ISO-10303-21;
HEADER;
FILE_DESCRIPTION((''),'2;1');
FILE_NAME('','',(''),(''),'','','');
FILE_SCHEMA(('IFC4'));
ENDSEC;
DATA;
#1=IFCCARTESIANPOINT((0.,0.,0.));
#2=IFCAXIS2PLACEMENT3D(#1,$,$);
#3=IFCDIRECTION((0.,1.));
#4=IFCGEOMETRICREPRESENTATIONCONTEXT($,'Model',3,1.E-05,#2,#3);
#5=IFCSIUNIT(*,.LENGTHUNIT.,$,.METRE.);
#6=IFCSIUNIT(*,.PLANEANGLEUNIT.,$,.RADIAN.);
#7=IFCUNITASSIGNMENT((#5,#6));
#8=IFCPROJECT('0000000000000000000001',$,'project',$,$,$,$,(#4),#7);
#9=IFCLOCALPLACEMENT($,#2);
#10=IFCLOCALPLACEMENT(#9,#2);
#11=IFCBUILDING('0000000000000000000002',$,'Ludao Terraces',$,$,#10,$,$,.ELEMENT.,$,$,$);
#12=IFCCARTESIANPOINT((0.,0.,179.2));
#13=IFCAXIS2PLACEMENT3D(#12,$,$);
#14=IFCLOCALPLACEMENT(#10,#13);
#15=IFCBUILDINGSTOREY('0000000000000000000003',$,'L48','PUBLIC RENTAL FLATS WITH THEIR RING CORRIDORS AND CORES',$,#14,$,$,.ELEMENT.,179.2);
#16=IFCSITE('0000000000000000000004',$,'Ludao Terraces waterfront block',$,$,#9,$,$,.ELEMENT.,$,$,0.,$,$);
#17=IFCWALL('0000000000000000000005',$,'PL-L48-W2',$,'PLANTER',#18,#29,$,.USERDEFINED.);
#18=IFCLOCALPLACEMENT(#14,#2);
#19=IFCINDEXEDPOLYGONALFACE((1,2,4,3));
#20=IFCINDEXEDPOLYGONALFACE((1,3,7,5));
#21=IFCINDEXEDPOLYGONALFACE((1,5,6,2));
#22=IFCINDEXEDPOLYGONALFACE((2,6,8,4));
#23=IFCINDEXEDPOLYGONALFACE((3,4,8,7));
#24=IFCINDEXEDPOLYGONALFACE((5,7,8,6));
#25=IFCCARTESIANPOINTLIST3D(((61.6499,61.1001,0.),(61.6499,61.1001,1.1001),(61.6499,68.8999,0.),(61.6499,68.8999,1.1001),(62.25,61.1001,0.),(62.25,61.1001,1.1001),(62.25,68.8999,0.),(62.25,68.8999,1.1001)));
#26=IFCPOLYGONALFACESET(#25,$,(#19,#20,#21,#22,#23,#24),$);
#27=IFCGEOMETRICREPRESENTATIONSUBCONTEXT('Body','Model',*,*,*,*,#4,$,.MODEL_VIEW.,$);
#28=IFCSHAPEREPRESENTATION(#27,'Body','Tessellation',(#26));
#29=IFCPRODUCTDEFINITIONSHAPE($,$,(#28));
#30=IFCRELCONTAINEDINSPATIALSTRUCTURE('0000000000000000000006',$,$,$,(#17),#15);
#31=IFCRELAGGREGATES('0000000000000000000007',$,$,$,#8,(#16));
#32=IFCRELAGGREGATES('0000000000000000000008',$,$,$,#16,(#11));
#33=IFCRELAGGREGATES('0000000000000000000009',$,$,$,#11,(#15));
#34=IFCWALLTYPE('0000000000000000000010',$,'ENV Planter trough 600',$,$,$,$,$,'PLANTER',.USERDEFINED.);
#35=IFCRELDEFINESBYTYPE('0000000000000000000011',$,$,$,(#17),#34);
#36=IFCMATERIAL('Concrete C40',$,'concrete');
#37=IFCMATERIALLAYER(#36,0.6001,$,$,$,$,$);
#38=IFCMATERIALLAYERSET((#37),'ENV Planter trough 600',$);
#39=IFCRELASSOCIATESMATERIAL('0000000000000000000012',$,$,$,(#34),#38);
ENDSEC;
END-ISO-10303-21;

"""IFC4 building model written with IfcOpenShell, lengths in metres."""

from ifc_helpers import new_model, si_unit, direction, frame, frame_2d, origin, place, context, subcontext, project, spatial, rectangle, extrude, material, layer, layer_set, type_object, element, save


model = new_model("IFC4")

# Units and contexts
model_context = context("Model", 3, precision=1e-05, world=origin(), true_north=direction((0.0, 1.0)))
body_context = subcontext(model_context, "Body", "Model", "MODEL_VIEW")
ifc_project = project(units=[si_unit("LENGTHUNIT", "METRE"), si_unit("PLANEANGLEUNIT", "RADIAN")], contexts=[model_context])

# Site, building, storey
site_placement = place(None, origin())
site = spatial("IfcSite", under=ifc_project, at=site_placement, Name="Ludao Terraces waterfront block", CompositionType="ELEMENT", RefElevation=0.0)
building_placement = place(site_placement, origin())
building = spatial("IfcBuilding", under=site, at=building_placement, Name="Ludao Terraces", CompositionType="ELEMENT")
storey_placement = place(building_placement, frame((0.0, 0.0, 179.2)))
storey = spatial("IfcBuildingStorey", under=building, at=storey_placement, Name="L48", Description="PUBLIC RENTAL FLATS WITH THEIR RING CORRIDORS AND CORES", CompositionType="ELEMENT", Elevation=179.2)

# Shared definitions
ifc_material_1 = material(Name="Concrete C40", Category="concrete")

# Wall
ifc_layer_1 = layer(ifc_material_1, 0.6001)
ifc_layer_set_1 = layer_set([ifc_layer_1], Name="ENV Planter trough 600")
wall_type = type_object("IfcWallType", Name="ENV Planter trough 600", ElementType="PLANTER", PredefinedType="USERDEFINED", material=ifc_layer_set_1)
wall_1_placement = place(storey_placement, frame((61.95, 61.1001, 0.0), z_axis=(0.0, 0.0, 1.0), x_axis=(0.0, 1.0, 0.0)))
element("IfcWall", 1, at=wall_1_placement, inside=storey, type_object=wall_type, Name="PL-L48-W2", ObjectType="PLANTER", PredefinedType="USERDEFINED", context=body_context, shape_type="SweptSolid", body=[
    extrude(rectangle(XDim=7.7998, YDim=0.6001, at=frame_2d((3.8999, 0.0))), origin(), (0.0, 0.0, 1.0), 1.1001),
])

save(model, "model.ifc")
